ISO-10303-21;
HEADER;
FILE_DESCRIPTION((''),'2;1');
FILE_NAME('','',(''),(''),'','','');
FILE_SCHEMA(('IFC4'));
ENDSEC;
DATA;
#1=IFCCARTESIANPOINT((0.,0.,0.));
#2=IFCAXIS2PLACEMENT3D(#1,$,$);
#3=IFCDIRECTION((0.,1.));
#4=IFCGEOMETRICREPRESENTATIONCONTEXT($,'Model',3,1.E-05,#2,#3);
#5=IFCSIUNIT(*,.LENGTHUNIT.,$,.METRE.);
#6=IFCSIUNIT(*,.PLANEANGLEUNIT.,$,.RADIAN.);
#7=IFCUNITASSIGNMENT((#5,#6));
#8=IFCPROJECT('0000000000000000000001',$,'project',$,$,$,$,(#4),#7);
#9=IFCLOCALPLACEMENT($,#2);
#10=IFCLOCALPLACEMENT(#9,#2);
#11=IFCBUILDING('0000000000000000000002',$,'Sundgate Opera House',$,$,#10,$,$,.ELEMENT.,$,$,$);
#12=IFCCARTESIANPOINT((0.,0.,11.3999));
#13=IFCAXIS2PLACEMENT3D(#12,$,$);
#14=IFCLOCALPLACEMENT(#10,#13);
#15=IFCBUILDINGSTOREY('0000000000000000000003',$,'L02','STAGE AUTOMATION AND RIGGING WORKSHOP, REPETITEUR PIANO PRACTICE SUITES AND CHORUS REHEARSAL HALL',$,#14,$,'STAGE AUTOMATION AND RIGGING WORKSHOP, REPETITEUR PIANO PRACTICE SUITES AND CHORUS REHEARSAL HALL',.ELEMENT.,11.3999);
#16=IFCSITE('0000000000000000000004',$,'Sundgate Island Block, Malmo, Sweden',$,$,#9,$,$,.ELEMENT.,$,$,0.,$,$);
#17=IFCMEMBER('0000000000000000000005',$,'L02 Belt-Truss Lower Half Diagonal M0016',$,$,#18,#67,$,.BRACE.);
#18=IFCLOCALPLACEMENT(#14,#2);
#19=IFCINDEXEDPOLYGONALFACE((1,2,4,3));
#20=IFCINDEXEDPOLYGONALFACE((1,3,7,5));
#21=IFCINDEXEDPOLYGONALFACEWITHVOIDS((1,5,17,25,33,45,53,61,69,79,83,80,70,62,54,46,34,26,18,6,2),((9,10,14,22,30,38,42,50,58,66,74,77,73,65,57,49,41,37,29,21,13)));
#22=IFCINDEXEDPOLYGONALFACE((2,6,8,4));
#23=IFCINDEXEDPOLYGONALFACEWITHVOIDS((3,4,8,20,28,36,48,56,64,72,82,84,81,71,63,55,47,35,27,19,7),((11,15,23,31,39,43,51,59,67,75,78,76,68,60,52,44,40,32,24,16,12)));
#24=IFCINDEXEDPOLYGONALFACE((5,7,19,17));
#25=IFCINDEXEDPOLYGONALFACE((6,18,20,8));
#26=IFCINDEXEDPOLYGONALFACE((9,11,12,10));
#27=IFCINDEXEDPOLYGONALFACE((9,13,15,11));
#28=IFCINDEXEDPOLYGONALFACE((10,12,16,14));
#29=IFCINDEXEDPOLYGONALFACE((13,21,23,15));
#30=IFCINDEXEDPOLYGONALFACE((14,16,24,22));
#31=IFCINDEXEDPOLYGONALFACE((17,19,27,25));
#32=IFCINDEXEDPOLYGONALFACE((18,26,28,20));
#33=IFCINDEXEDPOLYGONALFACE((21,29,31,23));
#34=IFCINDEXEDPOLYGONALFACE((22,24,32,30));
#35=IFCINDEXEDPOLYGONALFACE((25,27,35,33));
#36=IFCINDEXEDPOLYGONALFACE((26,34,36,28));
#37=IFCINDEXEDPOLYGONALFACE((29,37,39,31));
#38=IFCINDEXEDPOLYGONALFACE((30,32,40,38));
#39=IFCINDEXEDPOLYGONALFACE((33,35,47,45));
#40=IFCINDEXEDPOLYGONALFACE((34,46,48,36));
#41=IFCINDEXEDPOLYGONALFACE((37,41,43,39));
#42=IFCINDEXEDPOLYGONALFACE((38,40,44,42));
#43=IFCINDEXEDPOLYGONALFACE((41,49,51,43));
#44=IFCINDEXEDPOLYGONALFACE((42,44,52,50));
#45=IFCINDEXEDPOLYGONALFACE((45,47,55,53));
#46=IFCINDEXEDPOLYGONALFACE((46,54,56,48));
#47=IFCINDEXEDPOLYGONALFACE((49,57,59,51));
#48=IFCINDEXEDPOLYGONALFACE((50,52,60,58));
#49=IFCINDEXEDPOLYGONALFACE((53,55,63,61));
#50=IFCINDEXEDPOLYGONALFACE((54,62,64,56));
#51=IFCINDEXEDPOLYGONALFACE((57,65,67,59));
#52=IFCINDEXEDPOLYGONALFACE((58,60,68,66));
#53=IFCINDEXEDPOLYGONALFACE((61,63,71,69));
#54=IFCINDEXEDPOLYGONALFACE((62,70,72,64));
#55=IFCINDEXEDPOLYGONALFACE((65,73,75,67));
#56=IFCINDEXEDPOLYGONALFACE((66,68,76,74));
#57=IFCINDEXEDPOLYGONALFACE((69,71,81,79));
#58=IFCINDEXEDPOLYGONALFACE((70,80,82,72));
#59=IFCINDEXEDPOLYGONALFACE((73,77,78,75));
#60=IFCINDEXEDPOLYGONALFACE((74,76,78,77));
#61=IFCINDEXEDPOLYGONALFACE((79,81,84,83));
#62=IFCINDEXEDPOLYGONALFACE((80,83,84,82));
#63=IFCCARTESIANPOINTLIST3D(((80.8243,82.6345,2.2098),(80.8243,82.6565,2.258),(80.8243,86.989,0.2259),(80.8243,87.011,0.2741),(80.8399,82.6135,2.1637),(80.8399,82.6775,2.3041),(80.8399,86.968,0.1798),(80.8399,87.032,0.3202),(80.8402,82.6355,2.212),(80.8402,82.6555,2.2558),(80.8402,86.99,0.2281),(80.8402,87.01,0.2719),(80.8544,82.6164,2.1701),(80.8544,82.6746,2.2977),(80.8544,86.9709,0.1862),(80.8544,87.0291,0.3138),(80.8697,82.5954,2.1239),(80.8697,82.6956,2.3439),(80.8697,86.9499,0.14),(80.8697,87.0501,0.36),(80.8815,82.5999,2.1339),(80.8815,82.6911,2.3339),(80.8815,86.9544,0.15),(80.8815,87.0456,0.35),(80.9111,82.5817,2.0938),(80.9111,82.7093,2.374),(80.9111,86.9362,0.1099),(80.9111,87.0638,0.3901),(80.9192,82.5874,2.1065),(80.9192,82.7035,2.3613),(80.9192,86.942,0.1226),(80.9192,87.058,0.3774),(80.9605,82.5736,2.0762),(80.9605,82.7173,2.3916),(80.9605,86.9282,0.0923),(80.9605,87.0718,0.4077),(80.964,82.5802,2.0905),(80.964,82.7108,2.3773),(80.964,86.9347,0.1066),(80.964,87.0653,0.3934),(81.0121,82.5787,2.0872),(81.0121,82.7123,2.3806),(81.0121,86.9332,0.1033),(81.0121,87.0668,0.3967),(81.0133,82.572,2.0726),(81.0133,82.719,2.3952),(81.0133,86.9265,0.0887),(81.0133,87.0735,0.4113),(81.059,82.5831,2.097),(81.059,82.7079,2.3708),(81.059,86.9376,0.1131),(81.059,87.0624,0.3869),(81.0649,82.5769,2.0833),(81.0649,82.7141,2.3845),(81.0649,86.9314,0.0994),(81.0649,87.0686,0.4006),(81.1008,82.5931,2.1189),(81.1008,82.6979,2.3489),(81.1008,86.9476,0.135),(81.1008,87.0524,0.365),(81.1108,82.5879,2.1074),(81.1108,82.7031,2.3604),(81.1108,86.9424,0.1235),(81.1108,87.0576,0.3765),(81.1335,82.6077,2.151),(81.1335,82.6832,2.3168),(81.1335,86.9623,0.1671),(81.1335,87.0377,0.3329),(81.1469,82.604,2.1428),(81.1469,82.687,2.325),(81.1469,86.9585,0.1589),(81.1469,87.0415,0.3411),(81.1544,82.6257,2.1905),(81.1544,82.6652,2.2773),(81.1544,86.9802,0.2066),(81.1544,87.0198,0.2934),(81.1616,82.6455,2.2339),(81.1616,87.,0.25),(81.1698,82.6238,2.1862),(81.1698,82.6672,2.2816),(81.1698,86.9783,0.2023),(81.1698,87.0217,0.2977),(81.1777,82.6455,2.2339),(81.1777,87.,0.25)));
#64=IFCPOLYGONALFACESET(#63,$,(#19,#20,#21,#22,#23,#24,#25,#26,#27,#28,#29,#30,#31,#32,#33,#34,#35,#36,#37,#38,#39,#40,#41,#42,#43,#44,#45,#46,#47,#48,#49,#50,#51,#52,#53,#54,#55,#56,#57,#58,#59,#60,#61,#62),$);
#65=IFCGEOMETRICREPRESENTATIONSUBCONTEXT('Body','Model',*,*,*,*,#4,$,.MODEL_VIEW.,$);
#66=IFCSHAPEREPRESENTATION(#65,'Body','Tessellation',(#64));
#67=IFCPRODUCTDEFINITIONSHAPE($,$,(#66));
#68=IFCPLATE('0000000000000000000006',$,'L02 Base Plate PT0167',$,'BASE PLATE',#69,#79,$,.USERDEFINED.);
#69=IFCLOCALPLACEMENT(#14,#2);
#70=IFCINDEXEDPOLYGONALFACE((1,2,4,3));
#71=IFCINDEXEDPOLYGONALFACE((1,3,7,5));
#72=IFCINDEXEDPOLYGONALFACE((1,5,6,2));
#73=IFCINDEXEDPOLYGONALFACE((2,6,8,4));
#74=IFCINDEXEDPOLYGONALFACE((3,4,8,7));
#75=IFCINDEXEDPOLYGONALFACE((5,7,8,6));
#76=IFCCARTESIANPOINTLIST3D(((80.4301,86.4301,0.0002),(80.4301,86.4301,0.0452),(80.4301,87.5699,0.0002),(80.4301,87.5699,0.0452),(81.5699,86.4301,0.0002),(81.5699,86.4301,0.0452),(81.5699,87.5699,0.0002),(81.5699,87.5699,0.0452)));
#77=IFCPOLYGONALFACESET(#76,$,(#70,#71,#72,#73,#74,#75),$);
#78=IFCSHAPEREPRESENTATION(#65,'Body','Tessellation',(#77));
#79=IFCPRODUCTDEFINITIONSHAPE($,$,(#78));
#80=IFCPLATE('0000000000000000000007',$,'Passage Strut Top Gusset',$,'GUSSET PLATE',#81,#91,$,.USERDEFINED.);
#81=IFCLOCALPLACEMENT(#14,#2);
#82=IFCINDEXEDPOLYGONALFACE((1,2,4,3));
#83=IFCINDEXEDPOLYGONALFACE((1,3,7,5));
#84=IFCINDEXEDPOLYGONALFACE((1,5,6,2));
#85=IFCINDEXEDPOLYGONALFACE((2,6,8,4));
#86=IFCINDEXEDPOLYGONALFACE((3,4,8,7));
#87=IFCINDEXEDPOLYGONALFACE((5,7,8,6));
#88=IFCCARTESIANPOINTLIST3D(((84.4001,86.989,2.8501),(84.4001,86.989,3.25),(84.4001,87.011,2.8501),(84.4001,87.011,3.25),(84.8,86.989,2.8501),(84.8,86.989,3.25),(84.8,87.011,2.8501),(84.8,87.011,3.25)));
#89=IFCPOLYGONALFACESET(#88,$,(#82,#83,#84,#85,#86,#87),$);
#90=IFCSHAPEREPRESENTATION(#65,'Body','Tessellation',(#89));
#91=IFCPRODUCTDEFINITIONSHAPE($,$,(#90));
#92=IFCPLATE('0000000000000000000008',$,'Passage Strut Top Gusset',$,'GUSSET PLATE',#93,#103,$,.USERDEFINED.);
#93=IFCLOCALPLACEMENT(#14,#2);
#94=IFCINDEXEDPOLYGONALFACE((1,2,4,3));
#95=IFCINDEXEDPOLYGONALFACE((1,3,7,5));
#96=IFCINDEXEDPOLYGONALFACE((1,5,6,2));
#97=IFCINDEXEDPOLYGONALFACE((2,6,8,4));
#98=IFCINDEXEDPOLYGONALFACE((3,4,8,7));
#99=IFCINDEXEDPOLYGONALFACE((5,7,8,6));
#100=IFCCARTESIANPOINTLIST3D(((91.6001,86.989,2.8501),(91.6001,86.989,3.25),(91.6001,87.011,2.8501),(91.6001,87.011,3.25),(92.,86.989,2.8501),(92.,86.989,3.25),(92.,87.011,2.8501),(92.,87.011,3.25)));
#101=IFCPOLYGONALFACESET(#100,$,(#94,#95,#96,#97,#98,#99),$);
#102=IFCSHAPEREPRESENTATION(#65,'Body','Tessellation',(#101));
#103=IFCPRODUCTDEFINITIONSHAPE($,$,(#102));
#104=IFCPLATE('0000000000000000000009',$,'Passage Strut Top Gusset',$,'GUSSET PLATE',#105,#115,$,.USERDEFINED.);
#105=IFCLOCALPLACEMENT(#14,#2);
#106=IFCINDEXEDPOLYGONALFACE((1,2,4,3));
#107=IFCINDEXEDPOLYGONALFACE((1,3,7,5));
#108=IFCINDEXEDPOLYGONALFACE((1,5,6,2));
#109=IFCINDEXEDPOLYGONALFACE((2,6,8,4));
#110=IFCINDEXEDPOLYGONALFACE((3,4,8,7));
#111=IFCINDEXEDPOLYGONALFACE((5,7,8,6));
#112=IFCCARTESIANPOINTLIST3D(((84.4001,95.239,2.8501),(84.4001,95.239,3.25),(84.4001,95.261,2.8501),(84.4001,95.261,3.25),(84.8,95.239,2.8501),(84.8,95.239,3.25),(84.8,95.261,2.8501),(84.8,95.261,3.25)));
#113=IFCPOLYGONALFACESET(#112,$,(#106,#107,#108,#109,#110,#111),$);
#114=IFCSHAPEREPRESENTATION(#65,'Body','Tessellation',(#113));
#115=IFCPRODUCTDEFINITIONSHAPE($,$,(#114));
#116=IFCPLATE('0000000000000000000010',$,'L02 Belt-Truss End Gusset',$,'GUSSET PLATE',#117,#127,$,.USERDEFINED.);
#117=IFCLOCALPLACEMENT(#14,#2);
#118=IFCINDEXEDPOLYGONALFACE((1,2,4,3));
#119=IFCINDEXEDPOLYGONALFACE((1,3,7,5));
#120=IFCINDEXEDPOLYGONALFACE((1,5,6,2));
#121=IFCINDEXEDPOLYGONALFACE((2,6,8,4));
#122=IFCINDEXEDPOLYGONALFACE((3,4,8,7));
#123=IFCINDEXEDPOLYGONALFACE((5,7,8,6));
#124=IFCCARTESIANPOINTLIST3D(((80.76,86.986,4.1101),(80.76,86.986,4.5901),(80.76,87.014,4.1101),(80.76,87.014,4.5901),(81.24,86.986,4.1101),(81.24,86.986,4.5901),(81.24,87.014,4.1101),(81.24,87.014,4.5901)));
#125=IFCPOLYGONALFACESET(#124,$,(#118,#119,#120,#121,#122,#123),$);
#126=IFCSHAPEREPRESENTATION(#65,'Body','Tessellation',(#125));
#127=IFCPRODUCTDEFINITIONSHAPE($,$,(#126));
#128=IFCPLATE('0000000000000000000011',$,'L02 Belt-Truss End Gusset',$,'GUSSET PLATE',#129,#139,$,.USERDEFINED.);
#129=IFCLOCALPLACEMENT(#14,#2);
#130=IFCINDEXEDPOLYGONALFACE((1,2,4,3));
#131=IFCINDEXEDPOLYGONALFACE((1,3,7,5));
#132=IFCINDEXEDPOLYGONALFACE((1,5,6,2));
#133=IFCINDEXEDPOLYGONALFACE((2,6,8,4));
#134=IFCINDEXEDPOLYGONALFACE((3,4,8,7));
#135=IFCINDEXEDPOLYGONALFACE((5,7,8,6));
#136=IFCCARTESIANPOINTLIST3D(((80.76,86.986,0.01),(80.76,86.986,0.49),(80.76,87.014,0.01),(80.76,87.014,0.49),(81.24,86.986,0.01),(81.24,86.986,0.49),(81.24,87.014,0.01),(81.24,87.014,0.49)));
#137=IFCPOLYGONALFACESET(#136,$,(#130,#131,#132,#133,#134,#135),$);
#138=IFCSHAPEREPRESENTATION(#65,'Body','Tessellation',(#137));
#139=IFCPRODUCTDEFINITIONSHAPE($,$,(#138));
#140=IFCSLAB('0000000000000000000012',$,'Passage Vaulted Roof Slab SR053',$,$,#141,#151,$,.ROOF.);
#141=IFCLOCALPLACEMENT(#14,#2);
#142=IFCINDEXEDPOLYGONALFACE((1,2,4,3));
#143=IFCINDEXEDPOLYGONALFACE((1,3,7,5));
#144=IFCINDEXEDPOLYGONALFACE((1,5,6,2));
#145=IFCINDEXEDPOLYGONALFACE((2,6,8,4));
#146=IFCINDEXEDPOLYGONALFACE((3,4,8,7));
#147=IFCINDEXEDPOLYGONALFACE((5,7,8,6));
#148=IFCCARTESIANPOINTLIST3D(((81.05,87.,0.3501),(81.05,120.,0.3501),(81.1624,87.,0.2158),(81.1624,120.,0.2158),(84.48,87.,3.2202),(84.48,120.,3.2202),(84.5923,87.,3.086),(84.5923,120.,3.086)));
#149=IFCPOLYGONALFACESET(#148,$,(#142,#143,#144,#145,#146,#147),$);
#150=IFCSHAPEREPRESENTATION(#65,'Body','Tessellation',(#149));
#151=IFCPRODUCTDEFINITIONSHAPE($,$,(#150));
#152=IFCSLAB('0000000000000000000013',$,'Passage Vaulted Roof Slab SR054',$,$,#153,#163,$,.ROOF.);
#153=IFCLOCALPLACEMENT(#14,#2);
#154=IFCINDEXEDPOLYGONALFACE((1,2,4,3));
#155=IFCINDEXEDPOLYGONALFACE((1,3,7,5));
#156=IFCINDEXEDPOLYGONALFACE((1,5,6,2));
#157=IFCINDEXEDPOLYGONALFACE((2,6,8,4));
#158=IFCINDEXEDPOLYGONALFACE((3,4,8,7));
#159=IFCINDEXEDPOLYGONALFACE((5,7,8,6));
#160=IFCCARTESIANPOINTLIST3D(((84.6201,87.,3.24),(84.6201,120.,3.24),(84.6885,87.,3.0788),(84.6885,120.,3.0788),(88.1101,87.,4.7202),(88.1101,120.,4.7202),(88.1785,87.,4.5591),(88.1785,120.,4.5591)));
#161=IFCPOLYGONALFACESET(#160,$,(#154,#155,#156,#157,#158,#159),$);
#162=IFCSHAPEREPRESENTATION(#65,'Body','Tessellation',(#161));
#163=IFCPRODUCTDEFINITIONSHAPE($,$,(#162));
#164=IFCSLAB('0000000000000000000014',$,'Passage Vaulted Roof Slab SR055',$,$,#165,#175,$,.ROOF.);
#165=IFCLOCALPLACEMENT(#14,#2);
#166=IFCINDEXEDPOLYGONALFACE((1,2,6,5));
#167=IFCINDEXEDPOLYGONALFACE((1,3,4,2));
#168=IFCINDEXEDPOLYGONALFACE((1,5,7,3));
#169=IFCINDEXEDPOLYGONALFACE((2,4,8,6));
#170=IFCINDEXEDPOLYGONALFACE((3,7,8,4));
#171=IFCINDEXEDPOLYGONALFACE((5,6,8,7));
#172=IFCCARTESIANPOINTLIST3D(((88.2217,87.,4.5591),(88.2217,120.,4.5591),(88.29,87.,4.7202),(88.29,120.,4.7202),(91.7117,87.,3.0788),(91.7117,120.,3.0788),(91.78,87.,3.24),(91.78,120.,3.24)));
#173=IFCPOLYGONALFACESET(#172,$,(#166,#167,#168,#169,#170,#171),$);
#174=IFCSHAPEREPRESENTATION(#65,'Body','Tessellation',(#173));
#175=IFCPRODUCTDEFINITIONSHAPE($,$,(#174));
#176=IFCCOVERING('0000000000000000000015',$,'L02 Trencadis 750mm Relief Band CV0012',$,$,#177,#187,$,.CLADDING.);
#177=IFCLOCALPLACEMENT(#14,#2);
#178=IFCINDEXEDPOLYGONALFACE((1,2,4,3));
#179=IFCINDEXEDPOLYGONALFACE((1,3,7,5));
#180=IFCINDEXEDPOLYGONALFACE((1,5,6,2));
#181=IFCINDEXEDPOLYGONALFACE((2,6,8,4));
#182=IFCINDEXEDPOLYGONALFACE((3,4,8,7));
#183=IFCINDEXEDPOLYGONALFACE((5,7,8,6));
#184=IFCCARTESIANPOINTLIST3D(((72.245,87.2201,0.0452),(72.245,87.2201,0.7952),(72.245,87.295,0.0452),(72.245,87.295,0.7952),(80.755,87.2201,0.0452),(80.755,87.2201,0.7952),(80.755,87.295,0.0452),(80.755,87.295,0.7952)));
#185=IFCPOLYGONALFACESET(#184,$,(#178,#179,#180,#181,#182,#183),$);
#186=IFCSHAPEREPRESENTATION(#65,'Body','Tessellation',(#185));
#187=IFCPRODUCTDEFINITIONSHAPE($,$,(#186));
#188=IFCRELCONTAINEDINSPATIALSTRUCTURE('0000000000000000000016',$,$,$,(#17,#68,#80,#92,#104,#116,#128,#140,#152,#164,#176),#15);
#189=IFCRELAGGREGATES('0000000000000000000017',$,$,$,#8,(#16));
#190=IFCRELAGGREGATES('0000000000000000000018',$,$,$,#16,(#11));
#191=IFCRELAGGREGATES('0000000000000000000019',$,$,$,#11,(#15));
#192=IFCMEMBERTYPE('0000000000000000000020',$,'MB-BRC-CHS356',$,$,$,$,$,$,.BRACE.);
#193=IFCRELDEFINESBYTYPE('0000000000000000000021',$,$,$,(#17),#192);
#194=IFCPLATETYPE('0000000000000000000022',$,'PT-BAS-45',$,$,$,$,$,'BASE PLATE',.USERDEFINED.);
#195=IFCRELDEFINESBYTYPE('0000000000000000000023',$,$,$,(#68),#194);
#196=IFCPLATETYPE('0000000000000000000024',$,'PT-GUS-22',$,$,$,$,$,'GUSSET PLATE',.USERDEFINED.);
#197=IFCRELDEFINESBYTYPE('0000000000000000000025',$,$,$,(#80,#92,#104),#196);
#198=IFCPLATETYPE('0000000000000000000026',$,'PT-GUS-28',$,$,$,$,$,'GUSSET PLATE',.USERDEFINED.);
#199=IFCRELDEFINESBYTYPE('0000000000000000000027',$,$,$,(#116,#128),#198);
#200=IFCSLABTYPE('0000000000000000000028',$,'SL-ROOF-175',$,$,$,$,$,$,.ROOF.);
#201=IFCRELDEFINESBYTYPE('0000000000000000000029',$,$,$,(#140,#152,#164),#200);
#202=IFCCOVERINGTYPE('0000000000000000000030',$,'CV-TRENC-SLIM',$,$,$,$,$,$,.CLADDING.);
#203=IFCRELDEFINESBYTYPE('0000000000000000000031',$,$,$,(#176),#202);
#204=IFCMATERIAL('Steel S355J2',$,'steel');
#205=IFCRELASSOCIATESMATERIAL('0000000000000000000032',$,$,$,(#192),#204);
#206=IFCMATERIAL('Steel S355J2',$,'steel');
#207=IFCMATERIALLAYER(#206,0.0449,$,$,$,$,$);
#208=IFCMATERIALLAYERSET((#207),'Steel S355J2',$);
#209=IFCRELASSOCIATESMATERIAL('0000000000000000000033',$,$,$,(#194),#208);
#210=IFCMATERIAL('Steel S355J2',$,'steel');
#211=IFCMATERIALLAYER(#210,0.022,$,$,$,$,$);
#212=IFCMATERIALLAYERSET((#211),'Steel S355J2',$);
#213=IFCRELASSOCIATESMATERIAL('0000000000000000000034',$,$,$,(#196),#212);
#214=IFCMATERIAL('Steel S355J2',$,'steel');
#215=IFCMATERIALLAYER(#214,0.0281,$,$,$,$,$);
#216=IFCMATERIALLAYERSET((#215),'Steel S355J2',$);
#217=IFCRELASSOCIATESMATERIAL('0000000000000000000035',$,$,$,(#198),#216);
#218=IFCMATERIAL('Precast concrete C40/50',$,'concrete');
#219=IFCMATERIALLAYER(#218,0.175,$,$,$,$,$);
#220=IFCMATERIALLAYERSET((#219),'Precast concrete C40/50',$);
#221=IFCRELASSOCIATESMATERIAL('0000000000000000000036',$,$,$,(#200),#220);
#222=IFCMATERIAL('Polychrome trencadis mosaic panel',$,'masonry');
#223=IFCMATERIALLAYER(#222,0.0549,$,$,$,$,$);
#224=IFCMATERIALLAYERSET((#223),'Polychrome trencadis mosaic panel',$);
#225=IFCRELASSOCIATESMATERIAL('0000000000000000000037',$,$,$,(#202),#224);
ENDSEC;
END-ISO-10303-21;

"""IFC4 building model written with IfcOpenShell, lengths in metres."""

from ifc_helpers import new_model, si_unit, direction, frame, origin, origin_2d, place, context, subcontext, project, spatial, polyline, rectangle, hollow_circle, outline, extrude, material, layer, layer_set, material_profile, profile_set, type_object, element, save


model = new_model("IFC4")

# Units and contexts
model_context = context("Model", 3, precision=1e-05, world=origin(), true_north=direction((0.0, 1.0)))
body_context = subcontext(model_context, "Body", "Model", "MODEL_VIEW")
ifc_project = project(units=[si_unit("LENGTHUNIT", "METRE"), si_unit("PLANEANGLEUNIT", "RADIAN")], contexts=[model_context])

# Site, building, storey
site_placement = place(None, origin())
site = spatial("IfcSite", under=ifc_project, at=site_placement, Name="Sundgate Island Block, Malmo, Sweden", CompositionType="ELEMENT", RefElevation=0.0)
building_placement = place(site_placement, origin())
building = spatial("IfcBuilding", under=site, at=building_placement, Name="Sundgate Opera House", CompositionType="ELEMENT")
storey_placement = place(building_placement, frame((0.0, 0.0, 11.3999)))
storey = spatial("IfcBuildingStorey", under=building, at=storey_placement, Name="L02", Description="STAGE AUTOMATION AND RIGGING WORKSHOP, REPETITEUR PIANO PRACTICE SUITES AND CHORUS REHEARSAL HALL", LongName="STAGE AUTOMATION AND RIGGING WORKSHOP, REPETITEUR PIANO PRACTICE SUITES AND CHORUS REHEARSAL HALL", CompositionType="ELEMENT", Elevation=11.3999)

# Member
ifc_material_1 = material(Name="Steel S355J2", Category="steel")
ifc_material_profile_1 = material_profile(ifc_material_1, hollow_circle(Radius=0.1777, WallThickness=0.0161, at=origin_2d()), Name="CHS 355.6x16.0")
ifc_profile_set_1 = profile_set([ifc_material_profile_1], Name="Steel S355J2")
member_type_1 = type_object("IfcMemberType", Name="MB-BRC-CHS356", PredefinedType="BRACE", material=ifc_profile_set_1)
for number, where, z_axis, x_axis, name in (
    (1, (81.0, 87.0, 0.25), (0.0, -0.910006, 0.414595), (1.0, 0.0, 0.0), "L02 Belt-Truss Lower Half Diagonal M0016"),
):
    element("IfcMember", number, at=place(storey_placement, frame(where, z_axis=z_axis, x_axis=x_axis)), inside=storey, type_object=member_type_1, Name=name, PredefinedType="BRACE", context=body_context, shape_type="SweptSolid", body=[
        extrude(hollow_circle(Radius=0.1777, WallThickness=0.0161, at=origin_2d()), origin(), (0.0, 0.0, 1.0), 4.7852),
    ])

# Plates
ifc_material_2 = material(Name="Steel S355J2", Category="steel")
ifc_layer_1 = layer(ifc_material_2, 0.0449)
ifc_layer_set_1 = layer_set([ifc_layer_1], Name="Steel S355J2")
plate_type_1 = type_object("IfcPlateType", Name="PT-BAS-45", ElementType="BASE PLATE", PredefinedType="USERDEFINED", material=ifc_layer_set_1)
plate_placement = place(storey_placement, frame((81.0, 87.0, 0.0002), z_axis=(0.0, 0.0, 1.0), x_axis=(1.0, 0.0, 0.0)))
element("IfcPlate", 2, at=plate_placement, inside=storey, type_object=plate_type_1, Name="L02 Base Plate PT0167", ObjectType="BASE PLATE", PredefinedType="USERDEFINED", context=body_context, shape_type="SweptSolid", body=[
    extrude(rectangle(XDim=1.1399, YDim=1.1399, at=origin_2d()), origin(), (0.0, 0.0, 1.0), 0.0449),
])
ifc_material_3 = material(Name="Steel S355J2", Category="steel")
ifc_layer_2 = layer(ifc_material_3, 0.022)
ifc_layer_set_2 = layer_set([ifc_layer_2], Name="Steel S355J2")
plate_type_2 = type_object("IfcPlateType", Name="PT-GUS-22", ElementType="GUSSET PLATE", PredefinedType="USERDEFINED", material=ifc_layer_set_2)
for number, where, z_axis, x_axis, name in (
    (3, (84.6001, 87.0, 2.8501), (0.0, 0.0, 1.0), (1.0, 0.0, 0.0), "Passage Strut Top Gusset"),
    (4, (91.8, 87.0, 2.8501), (0.0, 0.0, 1.0), (1.0, 0.0, 0.0), "Passage Strut Top Gusset"),
    (5, (84.6001, 95.25, 2.8501), (0.0, 0.0, 1.0), (1.0, 0.0, 0.0), "Passage Strut Top Gusset"),
):
    element("IfcPlate", number, at=place(storey_placement, frame(where, z_axis=z_axis, x_axis=x_axis)), inside=storey, type_object=plate_type_2, Name=name, ObjectType="GUSSET PLATE", PredefinedType="USERDEFINED", context=body_context, shape_type="SweptSolid", body=[
        extrude(rectangle(XDim=0.3999, YDim=0.022, at=origin_2d()), origin(), (0.0, 0.0, 1.0), 0.3999),
    ])
ifc_material_4 = material(Name="Steel S355J2", Category="steel")
ifc_layer_3 = layer(ifc_material_4, 0.0281)
ifc_layer_set_3 = layer_set([ifc_layer_3], Name="Steel S355J2")
plate_type_3 = type_object("IfcPlateType", Name="PT-GUS-28", ElementType="GUSSET PLATE", PredefinedType="USERDEFINED", material=ifc_layer_set_3)
for number, where, z_axis, x_axis, name in (
    (6, (81.0, 87.0, 4.1101), (0.0, 0.0, 1.0), (1.0, 0.0, 0.0), "L02 Belt-Truss End Gusset"),
    (7, (81.0, 87.0, 0.01), (0.0, 0.0, 1.0), (1.0, 0.0, 0.0), "L02 Belt-Truss End Gusset"),
):
    element("IfcPlate", number, at=place(storey_placement, frame(where, z_axis=z_axis, x_axis=x_axis)), inside=storey, type_object=plate_type_3, Name=name, ObjectType="GUSSET PLATE", PredefinedType="USERDEFINED", context=body_context, shape_type="SweptSolid", body=[
        extrude(rectangle(XDim=0.48, YDim=0.0281, at=origin_2d()), origin(), (0.0, 0.0, 1.0), 0.48),
    ])

# Slabs
ifc_material_5 = material(Name="Precast concrete C40/50", Category="concrete")
ifc_layer_4 = layer(ifc_material_5, 0.175)
ifc_layer_set_4 = layer_set([ifc_layer_4], Name="Precast concrete C40/50")
slab_type = type_object("IfcSlabType", Name="SL-ROOF-175", PredefinedType="ROOF", material=ifc_layer_set_4)
slab_placement = place(storey_placement, frame((81.05, 87.0, 0.3501), z_axis=(-0.641746, 0.0, 0.766918), x_axis=(0.766918, 0.0, 0.641746)))
element("IfcSlab", 8, at=slab_placement, inside=storey, type_object=slab_type, Name="Passage Vaulted Roof Slab SR053", PredefinedType="ROOF", context=body_context, shape_type="SweptSolid", body=[
    extrude(outline(polyline([(0.0, 0.0), (4.4724, 0.0), (4.4724, 33.0), (0.0, 33.0), (0.0, 0.0)])), origin(), (0.0, 0.0, -1.0), 0.175),
])
for number, where, z_axis, x_axis, name in (
    (9, (84.6201, 87.0, 3.24), (-0.390465, 0.0, 0.920618), (0.920618, 0.0, 0.390465), "Passage Vaulted Roof Slab SR054"),
    (10, (88.29, 87.0, 4.7202), (0.390465, 0.0, 0.920618), (0.920618, 0.0, -0.390465), "Passage Vaulted Roof Slab SR055"),
):
    element("IfcSlab", number, at=place(storey_placement, frame(where, z_axis=z_axis, x_axis=x_axis)), inside=storey, type_object=slab_type, Name=name, PredefinedType="ROOF", context=body_context, shape_type="SweptSolid", body=[
        extrude(outline(polyline([(0.0, 0.0), (3.7909, 0.0), (3.7909, 33.0), (0.0, 33.0), (0.0, 0.0)])), origin(), (0.0, 0.0, -1.0), 0.175),
    ])

# Covering
ifc_material_6 = material(Name="Polychrome trencadis mosaic panel", Category="masonry")
ifc_layer_5 = layer(ifc_material_6, 0.0549)
ifc_layer_set_5 = layer_set([ifc_layer_5], Name="Polychrome trencadis mosaic panel")
covering_type = type_object("IfcCoveringType", Name="CV-TRENC-SLIM", PredefinedType="CLADDING", material=ifc_layer_set_5)
covering_placement = place(storey_placement, frame((76.5, 87.2576, 0.0452), z_axis=(0.0, 0.0, 1.0), x_axis=(1.0, 0.0, 0.0)))
element("IfcCovering", 11, at=covering_placement, inside=storey, type_object=covering_type, Name="L02 Trencadis 750mm Relief Band CV0012", PredefinedType="CLADDING", context=body_context, shape_type="SweptSolid", body=[
    extrude(rectangle(XDim=8.51, YDim=0.075, at=origin_2d()), origin(), (0.0, 0.0, 1.0), 0.75),
])

save(model, "model.ifc")
